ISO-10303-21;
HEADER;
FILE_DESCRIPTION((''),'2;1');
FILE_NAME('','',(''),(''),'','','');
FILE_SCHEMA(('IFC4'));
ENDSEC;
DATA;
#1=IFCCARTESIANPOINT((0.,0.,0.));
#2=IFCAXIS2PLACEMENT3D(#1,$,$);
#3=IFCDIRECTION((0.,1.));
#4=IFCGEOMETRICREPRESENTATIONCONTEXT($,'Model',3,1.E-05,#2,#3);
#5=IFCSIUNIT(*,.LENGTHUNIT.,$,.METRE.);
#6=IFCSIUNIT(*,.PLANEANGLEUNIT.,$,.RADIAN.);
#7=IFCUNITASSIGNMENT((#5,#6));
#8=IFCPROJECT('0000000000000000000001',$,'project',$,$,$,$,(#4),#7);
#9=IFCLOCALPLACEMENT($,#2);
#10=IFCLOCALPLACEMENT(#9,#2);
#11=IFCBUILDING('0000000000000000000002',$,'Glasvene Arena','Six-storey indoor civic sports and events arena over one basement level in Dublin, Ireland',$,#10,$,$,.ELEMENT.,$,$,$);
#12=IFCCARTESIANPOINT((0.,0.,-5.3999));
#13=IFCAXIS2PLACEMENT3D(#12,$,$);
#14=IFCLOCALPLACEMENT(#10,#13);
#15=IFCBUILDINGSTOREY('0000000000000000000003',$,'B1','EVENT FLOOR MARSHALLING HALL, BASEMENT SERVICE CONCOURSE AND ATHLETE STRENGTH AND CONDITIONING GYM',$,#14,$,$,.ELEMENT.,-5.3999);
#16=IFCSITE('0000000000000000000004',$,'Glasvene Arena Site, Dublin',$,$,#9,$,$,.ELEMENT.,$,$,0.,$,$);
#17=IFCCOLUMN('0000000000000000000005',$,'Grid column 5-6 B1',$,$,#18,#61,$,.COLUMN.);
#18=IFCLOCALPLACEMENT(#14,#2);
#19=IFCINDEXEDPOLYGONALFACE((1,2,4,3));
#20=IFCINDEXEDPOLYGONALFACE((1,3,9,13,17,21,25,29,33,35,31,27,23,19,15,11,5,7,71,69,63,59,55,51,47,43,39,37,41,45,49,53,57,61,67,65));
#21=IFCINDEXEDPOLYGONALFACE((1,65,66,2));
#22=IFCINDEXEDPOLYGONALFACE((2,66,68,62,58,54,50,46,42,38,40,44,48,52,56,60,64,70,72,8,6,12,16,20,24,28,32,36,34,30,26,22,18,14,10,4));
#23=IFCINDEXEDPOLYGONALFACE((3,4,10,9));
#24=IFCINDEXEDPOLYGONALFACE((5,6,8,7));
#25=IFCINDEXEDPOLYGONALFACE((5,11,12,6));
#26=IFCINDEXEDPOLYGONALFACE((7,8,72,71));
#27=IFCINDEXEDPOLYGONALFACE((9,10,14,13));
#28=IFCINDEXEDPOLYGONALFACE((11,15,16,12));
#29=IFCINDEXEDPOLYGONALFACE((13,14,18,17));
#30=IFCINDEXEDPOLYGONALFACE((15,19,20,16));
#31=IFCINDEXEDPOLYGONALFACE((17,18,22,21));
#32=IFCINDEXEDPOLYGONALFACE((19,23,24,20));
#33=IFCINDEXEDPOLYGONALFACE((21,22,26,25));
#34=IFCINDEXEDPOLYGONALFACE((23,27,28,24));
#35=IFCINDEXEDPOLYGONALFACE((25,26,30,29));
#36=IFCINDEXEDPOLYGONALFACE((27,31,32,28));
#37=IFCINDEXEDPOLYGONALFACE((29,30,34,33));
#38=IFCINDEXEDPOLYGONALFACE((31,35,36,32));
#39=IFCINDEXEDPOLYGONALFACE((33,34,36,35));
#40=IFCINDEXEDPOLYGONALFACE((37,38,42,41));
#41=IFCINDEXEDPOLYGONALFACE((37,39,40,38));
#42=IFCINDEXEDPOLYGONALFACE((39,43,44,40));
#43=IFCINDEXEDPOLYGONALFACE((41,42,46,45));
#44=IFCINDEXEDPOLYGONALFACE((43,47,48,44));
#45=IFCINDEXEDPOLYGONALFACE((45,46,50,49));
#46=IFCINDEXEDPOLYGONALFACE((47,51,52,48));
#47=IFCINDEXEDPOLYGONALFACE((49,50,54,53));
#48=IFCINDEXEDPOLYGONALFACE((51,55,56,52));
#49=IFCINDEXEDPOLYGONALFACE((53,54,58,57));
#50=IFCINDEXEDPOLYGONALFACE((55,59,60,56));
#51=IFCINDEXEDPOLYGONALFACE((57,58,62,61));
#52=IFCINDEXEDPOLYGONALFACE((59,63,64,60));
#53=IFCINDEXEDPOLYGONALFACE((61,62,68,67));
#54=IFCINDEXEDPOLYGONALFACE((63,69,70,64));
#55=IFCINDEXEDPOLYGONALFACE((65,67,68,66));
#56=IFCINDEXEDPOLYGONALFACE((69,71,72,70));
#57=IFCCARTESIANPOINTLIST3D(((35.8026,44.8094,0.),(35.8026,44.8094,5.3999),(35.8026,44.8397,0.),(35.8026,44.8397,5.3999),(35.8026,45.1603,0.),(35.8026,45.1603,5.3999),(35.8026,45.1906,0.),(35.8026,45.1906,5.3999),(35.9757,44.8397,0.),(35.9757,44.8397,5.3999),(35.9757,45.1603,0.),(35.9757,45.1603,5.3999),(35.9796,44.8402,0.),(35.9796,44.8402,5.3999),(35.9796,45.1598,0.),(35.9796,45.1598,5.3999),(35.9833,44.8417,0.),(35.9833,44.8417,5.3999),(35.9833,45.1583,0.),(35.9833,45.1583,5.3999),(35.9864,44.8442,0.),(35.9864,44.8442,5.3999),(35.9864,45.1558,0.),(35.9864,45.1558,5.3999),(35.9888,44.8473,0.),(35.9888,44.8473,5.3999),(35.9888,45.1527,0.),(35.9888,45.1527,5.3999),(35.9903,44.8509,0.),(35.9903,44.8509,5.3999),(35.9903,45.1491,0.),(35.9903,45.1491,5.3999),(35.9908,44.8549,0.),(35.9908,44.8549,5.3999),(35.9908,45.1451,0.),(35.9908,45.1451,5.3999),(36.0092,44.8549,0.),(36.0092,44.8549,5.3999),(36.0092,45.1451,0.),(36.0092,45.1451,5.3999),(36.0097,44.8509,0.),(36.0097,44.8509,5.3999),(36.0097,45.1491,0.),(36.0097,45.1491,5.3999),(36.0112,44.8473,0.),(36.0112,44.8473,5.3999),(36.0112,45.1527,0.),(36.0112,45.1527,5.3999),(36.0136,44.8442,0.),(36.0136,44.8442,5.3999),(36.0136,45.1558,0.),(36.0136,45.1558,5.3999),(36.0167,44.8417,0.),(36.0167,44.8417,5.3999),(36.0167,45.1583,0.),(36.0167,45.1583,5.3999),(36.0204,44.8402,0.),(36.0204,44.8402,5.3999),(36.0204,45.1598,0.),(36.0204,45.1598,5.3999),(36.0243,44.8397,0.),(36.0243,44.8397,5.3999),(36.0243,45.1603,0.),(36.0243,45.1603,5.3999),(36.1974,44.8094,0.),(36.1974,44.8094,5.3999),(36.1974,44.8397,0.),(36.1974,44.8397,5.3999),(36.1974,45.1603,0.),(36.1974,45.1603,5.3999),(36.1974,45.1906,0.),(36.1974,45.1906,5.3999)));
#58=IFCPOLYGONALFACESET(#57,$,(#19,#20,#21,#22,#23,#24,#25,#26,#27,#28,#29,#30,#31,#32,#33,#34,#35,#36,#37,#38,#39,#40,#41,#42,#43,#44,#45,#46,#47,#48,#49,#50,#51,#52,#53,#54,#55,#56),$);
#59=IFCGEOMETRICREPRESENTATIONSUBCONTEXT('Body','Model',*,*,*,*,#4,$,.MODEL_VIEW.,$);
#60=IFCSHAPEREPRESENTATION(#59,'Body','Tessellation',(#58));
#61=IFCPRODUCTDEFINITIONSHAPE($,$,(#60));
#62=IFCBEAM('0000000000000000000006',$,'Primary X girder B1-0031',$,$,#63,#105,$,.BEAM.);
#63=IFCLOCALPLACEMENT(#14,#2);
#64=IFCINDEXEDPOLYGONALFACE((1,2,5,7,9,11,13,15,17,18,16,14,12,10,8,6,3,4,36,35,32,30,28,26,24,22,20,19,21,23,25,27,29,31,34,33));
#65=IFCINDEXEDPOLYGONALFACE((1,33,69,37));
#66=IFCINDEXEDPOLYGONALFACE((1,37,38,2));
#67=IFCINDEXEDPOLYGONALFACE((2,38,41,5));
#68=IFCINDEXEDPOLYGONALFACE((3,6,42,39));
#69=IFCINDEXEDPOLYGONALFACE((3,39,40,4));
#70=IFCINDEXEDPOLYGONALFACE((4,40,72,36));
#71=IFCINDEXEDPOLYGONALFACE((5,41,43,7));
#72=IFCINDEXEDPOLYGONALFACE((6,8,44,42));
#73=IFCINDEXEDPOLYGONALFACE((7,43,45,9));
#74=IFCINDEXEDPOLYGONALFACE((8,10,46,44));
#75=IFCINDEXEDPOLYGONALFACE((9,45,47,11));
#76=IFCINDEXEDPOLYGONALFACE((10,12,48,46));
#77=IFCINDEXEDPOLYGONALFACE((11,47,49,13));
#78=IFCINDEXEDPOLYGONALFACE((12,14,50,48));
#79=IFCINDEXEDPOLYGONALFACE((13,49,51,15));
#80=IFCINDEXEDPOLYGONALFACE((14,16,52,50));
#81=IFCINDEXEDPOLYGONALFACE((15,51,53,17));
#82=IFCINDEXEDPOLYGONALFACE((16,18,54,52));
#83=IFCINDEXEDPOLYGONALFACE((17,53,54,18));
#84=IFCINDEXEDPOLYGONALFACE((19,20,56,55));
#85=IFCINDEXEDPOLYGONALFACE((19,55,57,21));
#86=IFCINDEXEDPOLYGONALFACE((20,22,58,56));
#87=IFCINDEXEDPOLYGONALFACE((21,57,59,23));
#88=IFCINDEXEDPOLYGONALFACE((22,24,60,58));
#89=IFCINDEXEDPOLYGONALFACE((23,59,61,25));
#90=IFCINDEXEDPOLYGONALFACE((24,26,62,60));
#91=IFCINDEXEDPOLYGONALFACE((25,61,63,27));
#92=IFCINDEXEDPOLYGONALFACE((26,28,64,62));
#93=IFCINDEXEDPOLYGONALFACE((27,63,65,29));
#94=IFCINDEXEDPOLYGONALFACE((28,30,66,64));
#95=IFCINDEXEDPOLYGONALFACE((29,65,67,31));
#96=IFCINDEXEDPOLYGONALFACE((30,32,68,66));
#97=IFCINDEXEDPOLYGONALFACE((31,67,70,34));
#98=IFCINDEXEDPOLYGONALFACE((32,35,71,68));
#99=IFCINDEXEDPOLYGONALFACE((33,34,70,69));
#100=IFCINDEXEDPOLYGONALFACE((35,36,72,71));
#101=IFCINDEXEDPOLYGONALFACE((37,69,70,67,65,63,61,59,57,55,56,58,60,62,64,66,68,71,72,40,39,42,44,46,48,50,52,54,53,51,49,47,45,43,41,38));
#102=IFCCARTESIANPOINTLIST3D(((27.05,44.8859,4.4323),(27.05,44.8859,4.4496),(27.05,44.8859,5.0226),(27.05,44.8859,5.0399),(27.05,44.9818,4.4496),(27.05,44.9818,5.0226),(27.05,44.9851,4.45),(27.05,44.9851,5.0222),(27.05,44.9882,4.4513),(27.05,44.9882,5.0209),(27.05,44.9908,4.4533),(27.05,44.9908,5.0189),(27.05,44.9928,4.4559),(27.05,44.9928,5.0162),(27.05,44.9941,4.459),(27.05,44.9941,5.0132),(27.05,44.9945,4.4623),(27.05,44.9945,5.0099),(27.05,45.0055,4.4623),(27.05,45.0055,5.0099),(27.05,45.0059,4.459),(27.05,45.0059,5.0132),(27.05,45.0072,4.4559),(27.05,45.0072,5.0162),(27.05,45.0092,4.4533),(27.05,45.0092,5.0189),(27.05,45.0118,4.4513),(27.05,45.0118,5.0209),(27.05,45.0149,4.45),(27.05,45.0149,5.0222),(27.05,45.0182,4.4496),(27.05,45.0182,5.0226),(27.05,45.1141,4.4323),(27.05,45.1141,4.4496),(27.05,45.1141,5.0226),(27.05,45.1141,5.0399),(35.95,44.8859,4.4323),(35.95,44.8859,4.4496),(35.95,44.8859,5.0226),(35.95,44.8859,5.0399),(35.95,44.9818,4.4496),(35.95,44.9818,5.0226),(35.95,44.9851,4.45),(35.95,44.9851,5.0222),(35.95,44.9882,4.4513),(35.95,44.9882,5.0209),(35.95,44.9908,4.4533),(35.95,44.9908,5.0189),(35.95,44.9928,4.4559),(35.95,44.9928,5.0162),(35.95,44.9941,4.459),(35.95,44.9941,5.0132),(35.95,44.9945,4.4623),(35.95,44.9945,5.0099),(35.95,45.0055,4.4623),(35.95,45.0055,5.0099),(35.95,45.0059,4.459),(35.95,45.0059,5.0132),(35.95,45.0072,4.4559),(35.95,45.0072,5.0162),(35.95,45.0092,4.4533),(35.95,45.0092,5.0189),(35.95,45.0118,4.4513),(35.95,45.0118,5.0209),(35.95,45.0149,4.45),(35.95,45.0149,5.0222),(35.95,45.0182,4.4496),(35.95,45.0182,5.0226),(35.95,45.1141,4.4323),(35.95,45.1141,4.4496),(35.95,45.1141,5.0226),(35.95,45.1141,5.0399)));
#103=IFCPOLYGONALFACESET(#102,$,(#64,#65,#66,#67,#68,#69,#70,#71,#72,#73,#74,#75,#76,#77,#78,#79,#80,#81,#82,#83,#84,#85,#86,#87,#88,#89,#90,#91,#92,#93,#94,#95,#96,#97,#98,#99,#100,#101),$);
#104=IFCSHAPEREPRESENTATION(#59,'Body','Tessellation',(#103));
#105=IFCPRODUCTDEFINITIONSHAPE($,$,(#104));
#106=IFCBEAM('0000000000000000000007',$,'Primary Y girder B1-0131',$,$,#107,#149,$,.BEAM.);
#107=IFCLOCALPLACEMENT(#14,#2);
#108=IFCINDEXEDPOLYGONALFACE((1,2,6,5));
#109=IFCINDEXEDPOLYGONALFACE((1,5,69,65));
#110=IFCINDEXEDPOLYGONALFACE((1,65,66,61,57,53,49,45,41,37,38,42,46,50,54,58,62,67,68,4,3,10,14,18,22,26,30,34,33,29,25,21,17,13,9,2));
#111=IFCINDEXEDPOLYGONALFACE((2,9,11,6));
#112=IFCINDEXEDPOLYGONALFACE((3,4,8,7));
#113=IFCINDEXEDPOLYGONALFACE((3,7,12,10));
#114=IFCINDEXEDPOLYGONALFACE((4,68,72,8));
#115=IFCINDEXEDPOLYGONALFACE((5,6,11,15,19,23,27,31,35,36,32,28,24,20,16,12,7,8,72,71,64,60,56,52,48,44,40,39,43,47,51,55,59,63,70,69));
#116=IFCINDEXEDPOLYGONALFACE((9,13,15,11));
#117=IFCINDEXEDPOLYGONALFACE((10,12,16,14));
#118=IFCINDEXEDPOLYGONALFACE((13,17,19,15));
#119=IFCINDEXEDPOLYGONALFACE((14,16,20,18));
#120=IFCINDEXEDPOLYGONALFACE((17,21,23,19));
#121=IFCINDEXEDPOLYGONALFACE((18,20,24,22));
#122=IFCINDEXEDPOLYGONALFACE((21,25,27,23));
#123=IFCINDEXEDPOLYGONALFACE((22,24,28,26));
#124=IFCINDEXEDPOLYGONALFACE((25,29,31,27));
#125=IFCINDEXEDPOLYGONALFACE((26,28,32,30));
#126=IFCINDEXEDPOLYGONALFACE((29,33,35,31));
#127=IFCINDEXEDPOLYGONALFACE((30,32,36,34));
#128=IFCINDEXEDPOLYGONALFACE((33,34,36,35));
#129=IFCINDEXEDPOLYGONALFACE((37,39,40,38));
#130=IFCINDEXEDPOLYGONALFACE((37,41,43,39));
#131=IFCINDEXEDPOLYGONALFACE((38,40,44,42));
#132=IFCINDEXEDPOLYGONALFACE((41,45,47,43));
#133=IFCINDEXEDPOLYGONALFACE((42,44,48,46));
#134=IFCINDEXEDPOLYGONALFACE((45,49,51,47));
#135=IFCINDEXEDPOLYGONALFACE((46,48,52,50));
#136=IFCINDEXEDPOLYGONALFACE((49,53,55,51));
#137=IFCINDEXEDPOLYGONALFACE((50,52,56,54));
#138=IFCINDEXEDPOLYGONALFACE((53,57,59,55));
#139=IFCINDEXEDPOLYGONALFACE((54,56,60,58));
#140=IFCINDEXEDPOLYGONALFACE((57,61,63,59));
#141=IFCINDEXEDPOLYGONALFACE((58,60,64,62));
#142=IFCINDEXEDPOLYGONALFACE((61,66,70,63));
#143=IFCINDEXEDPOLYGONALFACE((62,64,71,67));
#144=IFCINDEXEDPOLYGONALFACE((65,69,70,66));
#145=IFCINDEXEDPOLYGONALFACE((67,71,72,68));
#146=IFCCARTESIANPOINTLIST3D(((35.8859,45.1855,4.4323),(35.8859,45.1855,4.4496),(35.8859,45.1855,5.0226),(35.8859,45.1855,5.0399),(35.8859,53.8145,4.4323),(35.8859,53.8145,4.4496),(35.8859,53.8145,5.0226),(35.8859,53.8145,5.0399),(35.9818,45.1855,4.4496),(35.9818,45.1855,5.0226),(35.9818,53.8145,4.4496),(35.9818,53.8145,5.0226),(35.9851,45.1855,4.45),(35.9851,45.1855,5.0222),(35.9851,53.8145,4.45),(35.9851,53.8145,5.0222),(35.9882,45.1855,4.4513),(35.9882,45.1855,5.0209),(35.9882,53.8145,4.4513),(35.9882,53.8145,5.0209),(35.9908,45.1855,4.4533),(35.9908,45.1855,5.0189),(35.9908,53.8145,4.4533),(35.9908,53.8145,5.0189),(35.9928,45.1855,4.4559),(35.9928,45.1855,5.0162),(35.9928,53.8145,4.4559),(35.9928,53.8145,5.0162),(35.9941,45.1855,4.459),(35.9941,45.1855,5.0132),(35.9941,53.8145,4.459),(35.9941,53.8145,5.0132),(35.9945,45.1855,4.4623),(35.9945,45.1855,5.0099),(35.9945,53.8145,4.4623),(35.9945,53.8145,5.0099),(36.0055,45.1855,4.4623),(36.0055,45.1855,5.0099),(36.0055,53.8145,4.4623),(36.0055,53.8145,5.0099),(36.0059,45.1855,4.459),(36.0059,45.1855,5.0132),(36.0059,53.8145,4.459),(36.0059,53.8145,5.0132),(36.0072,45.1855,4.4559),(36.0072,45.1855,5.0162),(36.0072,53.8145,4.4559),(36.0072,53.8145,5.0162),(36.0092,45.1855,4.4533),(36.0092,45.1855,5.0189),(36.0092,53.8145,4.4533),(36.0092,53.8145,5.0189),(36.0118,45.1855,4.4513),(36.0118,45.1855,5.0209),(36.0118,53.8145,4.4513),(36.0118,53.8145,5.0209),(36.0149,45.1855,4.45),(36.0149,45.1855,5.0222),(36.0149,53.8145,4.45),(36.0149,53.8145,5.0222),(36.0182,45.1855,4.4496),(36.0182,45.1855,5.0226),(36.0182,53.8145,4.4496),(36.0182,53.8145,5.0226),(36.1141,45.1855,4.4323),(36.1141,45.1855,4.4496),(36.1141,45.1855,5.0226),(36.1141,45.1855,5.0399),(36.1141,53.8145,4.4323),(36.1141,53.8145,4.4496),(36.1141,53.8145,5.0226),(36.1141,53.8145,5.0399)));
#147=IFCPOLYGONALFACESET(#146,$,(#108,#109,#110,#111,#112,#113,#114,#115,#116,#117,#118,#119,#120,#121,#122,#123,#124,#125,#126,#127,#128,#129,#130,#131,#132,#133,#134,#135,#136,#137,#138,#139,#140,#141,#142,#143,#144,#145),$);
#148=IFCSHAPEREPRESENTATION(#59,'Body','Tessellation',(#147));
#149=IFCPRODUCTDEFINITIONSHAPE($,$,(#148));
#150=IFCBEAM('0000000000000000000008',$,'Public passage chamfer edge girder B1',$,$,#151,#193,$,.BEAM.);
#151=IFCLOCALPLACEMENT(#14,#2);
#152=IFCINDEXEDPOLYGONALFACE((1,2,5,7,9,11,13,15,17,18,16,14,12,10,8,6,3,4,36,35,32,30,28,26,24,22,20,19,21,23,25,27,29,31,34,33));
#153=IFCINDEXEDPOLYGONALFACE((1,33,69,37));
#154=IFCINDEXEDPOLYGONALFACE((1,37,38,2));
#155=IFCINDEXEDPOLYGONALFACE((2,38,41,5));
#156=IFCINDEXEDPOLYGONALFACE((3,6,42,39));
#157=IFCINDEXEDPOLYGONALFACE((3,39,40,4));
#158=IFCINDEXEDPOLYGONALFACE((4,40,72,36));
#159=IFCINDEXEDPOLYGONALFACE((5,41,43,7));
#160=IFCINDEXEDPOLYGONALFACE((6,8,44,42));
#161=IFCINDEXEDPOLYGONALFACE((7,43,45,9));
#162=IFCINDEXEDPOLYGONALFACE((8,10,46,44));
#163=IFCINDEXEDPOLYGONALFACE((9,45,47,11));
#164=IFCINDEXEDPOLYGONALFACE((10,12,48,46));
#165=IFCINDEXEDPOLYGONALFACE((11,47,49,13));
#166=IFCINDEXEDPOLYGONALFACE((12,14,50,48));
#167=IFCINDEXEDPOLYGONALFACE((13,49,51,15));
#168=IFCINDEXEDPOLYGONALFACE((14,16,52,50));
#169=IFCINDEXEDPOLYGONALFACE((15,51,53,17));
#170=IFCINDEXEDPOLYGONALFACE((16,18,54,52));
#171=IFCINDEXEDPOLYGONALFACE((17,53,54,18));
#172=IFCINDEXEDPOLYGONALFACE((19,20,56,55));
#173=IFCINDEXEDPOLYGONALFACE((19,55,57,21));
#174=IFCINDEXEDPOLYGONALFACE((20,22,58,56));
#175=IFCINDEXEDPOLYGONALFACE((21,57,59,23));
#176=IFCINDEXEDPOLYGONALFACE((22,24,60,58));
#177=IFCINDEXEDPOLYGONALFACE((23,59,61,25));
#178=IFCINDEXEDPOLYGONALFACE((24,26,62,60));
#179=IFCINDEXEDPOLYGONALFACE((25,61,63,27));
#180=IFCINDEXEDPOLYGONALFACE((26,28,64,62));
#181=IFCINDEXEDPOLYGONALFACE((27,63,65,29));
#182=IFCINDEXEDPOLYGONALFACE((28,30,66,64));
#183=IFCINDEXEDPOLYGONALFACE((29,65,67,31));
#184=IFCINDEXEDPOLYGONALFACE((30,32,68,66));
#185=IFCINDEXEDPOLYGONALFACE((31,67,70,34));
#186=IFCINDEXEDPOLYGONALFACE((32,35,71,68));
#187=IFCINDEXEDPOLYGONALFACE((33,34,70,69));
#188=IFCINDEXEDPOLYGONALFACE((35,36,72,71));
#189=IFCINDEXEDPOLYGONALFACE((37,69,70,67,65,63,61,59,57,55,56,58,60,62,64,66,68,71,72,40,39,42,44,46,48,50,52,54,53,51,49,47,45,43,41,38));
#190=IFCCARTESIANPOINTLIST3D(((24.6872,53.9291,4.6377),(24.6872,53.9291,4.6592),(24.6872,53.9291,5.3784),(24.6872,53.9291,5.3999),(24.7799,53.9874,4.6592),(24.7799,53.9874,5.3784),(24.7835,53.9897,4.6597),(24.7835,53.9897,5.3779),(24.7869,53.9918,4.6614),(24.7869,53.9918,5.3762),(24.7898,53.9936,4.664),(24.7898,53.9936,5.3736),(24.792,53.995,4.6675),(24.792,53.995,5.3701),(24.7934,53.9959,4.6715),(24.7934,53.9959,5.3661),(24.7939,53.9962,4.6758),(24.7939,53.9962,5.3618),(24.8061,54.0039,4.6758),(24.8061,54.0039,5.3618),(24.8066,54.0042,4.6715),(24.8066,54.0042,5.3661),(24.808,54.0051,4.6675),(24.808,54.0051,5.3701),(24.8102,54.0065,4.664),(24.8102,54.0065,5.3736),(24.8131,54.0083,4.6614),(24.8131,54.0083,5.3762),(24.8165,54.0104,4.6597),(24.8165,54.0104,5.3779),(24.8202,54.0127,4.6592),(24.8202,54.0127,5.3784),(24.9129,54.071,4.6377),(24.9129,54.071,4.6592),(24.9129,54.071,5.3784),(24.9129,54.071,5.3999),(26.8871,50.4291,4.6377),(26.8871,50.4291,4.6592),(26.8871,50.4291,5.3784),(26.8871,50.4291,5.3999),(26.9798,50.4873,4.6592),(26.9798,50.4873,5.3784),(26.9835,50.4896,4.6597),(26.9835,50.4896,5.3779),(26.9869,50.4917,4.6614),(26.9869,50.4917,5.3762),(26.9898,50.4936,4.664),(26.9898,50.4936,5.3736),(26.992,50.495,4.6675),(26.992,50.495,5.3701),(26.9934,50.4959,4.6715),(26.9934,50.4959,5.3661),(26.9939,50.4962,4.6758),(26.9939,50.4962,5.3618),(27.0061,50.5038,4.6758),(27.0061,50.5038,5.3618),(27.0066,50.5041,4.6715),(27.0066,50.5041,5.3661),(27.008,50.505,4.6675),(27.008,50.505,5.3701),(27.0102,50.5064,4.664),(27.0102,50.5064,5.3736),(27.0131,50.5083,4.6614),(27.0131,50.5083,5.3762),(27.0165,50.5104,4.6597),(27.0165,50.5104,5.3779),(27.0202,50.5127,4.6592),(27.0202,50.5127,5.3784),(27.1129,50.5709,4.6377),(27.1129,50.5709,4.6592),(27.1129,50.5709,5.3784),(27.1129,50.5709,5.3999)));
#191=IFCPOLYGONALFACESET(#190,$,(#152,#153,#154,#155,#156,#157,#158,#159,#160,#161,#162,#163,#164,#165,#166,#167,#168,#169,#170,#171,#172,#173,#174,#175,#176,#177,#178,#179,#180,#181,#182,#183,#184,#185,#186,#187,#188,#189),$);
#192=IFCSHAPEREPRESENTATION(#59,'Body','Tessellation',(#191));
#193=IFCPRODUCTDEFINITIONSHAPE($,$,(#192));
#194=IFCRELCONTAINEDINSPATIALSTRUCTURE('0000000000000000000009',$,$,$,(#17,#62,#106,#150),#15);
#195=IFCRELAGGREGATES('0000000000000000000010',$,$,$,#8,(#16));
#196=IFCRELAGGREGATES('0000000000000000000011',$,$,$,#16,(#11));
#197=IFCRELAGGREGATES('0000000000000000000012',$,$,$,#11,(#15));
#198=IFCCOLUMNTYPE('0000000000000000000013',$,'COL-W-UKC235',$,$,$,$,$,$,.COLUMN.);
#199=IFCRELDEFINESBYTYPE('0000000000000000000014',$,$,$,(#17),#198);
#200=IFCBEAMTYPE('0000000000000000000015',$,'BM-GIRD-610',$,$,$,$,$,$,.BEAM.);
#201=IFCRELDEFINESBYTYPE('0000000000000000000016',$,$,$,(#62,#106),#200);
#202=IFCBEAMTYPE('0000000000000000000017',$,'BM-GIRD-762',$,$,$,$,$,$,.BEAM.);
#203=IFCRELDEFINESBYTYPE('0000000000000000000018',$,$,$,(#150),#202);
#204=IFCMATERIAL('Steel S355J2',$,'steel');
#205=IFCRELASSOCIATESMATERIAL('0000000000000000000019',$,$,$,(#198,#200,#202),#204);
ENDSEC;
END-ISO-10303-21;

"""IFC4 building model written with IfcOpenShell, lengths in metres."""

from ifc_helpers import new_model, si_unit, direction, frame, origin, origin_2d, place, context, subcontext, project, spatial, i_section, extrude, material, material_profile, profile_set, type_object, element, save


model = new_model("IFC4")

# Units and contexts
model_context = context("Model", 3, precision=1e-05, world=origin(), true_north=direction((0.0, 1.0)))
body_context = subcontext(model_context, "Body", "Model", "MODEL_VIEW")
ifc_project = project(units=[si_unit("LENGTHUNIT", "METRE"), si_unit("PLANEANGLEUNIT", "RADIAN")], contexts=[model_context])

# Site, building, storey
site_placement = place(None, origin())
site = spatial("IfcSite", under=ifc_project, at=site_placement, Name="Glasvene Arena Site, Dublin", CompositionType="ELEMENT", RefElevation=0.0)
building_placement = place(site_placement, origin())
building = spatial("IfcBuilding", under=site, at=building_placement, Name="Glasvene Arena", Description="Six-storey indoor civic sports and events arena over one basement level in Dublin, Ireland", CompositionType="ELEMENT")
storey_placement = place(building_placement, frame((0.0, 0.0, -5.3999)))
storey = spatial("IfcBuildingStorey", under=building, at=storey_placement, Name="B1", Description="EVENT FLOOR MARSHALLING HALL, BASEMENT SERVICE CONCOURSE AND ATHLETE STRENGTH AND CONDITIONING GYM", CompositionType="ELEMENT", Elevation=-5.3999)

# Column
ifc_material_1 = material(Name="Steel S355J2", Category="steel")
ifc_material_profile_1 = material_profile(ifc_material_1, i_section(OverallWidth=0.3948, OverallDepth=0.3811, WebThickness=0.0183, FlangeThickness=0.0303, FilletRadius=0.0151, at=origin_2d()), Name="UKC 356x406x235")
ifc_profile_set_1 = profile_set([ifc_material_profile_1], Name="Steel S355J2")
column_type = type_object("IfcColumnType", Name="COL-W-UKC235", PredefinedType="COLUMN", material=ifc_profile_set_1)
for number, where, z_axis, x_axis, name in (
    (1, (36.0, 45.0, 0.0), (0.0, 0.0, 1.0), (1.0, 0.0, 0.0), "Grid column 5-6 B1"),
):
    element("IfcColumn", number, at=place(storey_placement, frame(where, z_axis=z_axis, x_axis=x_axis)), inside=storey, type_object=column_type, Name=name, PredefinedType="COLUMN", context=body_context, shape_type="SweptSolid", body=[
        extrude(i_section(OverallWidth=0.3948, OverallDepth=0.3811, WebThickness=0.0183, FlangeThickness=0.0303, FilletRadius=0.0151, at=origin_2d()), origin(), (0.0, 0.0, 1.0), 5.3999),
    ])

# Beams
ifc_material_profile_2 = material_profile(ifc_material_1, i_section(OverallWidth=0.2283, OverallDepth=0.6077, WebThickness=0.011, FlangeThickness=0.0173, FilletRadius=0.0127, at=origin_2d()), Name="UKB 610x229x113")
ifc_profile_set_2 = profile_set([ifc_material_profile_2], Name="Steel S355J2")
beam_type_1 = type_object("IfcBeamType", Name="BM-GIRD-610", PredefinedType="BEAM", material=ifc_profile_set_2)
beam_1_placement = place(storey_placement, frame((27.05, 45.0, 4.7361), z_axis=(1.0, 0.0, 0.0), x_axis=(0.0, 1.0, 0.0)))
element("IfcBeam", 2, at=beam_1_placement, inside=storey, type_object=beam_type_1, Name="Primary X girder B1-0031", PredefinedType="BEAM", context=body_context, shape_type="SweptSolid", body=[
    extrude(i_section(OverallWidth=0.2283, OverallDepth=0.6077, WebThickness=0.011, FlangeThickness=0.0173, FilletRadius=0.0127, at=origin_2d()), origin(), (0.0, 0.0, 1.0), 8.8999),
])
beam_2_placement = place(storey_placement, frame((36.0, 45.1855, 4.7361), z_axis=(0.0, 1.0, 0.0), x_axis=(-1.0, 0.0, 0.0)))
element("IfcBeam", 3, at=beam_2_placement, inside=storey, type_object=beam_type_1, Name="Primary Y girder B1-0131", PredefinedType="BEAM", context=body_context, shape_type="SweptSolid", body=[
    extrude(i_section(OverallWidth=0.2283, OverallDepth=0.6077, WebThickness=0.011, FlangeThickness=0.0173, FilletRadius=0.0127, at=origin_2d()), origin(), (0.0, 0.0, 1.0), 8.6289),
])
ifc_material_profile_3 = material_profile(ifc_material_1, i_section(OverallWidth=0.2666, OverallDepth=0.7622, WebThickness=0.0144, FlangeThickness=0.0215, FilletRadius=0.0166, at=origin_2d()), Name="UKB 762x267x173")
ifc_profile_set_3 = profile_set([ifc_material_profile_3], Name="Steel S355J2")
beam_type_2 = type_object("IfcBeamType", Name="BM-GIRD-762", PredefinedType="BEAM", material=ifc_profile_set_3)
beam_3_placement = place(storey_placement, frame((27.0, 50.5, 5.0188), z_axis=(-0.532163, 0.846642, 0.0), x_axis=(-0.846642, -0.532163, 0.0)))
element("IfcBeam", 4, at=beam_3_placement, inside=storey, type_object=beam_type_2, Name="Public passage chamfer edge girder B1", PredefinedType="BEAM", context=body_context, shape_type="SweptSolid", body=[
    extrude(i_section(OverallWidth=0.2666, OverallDepth=0.7622, WebThickness=0.0144, FlangeThickness=0.0215, FilletRadius=0.0166, at=origin_2d()), origin(), (0.0, 0.0, 1.0), 4.134),
])

save(model, "model.ifc")
